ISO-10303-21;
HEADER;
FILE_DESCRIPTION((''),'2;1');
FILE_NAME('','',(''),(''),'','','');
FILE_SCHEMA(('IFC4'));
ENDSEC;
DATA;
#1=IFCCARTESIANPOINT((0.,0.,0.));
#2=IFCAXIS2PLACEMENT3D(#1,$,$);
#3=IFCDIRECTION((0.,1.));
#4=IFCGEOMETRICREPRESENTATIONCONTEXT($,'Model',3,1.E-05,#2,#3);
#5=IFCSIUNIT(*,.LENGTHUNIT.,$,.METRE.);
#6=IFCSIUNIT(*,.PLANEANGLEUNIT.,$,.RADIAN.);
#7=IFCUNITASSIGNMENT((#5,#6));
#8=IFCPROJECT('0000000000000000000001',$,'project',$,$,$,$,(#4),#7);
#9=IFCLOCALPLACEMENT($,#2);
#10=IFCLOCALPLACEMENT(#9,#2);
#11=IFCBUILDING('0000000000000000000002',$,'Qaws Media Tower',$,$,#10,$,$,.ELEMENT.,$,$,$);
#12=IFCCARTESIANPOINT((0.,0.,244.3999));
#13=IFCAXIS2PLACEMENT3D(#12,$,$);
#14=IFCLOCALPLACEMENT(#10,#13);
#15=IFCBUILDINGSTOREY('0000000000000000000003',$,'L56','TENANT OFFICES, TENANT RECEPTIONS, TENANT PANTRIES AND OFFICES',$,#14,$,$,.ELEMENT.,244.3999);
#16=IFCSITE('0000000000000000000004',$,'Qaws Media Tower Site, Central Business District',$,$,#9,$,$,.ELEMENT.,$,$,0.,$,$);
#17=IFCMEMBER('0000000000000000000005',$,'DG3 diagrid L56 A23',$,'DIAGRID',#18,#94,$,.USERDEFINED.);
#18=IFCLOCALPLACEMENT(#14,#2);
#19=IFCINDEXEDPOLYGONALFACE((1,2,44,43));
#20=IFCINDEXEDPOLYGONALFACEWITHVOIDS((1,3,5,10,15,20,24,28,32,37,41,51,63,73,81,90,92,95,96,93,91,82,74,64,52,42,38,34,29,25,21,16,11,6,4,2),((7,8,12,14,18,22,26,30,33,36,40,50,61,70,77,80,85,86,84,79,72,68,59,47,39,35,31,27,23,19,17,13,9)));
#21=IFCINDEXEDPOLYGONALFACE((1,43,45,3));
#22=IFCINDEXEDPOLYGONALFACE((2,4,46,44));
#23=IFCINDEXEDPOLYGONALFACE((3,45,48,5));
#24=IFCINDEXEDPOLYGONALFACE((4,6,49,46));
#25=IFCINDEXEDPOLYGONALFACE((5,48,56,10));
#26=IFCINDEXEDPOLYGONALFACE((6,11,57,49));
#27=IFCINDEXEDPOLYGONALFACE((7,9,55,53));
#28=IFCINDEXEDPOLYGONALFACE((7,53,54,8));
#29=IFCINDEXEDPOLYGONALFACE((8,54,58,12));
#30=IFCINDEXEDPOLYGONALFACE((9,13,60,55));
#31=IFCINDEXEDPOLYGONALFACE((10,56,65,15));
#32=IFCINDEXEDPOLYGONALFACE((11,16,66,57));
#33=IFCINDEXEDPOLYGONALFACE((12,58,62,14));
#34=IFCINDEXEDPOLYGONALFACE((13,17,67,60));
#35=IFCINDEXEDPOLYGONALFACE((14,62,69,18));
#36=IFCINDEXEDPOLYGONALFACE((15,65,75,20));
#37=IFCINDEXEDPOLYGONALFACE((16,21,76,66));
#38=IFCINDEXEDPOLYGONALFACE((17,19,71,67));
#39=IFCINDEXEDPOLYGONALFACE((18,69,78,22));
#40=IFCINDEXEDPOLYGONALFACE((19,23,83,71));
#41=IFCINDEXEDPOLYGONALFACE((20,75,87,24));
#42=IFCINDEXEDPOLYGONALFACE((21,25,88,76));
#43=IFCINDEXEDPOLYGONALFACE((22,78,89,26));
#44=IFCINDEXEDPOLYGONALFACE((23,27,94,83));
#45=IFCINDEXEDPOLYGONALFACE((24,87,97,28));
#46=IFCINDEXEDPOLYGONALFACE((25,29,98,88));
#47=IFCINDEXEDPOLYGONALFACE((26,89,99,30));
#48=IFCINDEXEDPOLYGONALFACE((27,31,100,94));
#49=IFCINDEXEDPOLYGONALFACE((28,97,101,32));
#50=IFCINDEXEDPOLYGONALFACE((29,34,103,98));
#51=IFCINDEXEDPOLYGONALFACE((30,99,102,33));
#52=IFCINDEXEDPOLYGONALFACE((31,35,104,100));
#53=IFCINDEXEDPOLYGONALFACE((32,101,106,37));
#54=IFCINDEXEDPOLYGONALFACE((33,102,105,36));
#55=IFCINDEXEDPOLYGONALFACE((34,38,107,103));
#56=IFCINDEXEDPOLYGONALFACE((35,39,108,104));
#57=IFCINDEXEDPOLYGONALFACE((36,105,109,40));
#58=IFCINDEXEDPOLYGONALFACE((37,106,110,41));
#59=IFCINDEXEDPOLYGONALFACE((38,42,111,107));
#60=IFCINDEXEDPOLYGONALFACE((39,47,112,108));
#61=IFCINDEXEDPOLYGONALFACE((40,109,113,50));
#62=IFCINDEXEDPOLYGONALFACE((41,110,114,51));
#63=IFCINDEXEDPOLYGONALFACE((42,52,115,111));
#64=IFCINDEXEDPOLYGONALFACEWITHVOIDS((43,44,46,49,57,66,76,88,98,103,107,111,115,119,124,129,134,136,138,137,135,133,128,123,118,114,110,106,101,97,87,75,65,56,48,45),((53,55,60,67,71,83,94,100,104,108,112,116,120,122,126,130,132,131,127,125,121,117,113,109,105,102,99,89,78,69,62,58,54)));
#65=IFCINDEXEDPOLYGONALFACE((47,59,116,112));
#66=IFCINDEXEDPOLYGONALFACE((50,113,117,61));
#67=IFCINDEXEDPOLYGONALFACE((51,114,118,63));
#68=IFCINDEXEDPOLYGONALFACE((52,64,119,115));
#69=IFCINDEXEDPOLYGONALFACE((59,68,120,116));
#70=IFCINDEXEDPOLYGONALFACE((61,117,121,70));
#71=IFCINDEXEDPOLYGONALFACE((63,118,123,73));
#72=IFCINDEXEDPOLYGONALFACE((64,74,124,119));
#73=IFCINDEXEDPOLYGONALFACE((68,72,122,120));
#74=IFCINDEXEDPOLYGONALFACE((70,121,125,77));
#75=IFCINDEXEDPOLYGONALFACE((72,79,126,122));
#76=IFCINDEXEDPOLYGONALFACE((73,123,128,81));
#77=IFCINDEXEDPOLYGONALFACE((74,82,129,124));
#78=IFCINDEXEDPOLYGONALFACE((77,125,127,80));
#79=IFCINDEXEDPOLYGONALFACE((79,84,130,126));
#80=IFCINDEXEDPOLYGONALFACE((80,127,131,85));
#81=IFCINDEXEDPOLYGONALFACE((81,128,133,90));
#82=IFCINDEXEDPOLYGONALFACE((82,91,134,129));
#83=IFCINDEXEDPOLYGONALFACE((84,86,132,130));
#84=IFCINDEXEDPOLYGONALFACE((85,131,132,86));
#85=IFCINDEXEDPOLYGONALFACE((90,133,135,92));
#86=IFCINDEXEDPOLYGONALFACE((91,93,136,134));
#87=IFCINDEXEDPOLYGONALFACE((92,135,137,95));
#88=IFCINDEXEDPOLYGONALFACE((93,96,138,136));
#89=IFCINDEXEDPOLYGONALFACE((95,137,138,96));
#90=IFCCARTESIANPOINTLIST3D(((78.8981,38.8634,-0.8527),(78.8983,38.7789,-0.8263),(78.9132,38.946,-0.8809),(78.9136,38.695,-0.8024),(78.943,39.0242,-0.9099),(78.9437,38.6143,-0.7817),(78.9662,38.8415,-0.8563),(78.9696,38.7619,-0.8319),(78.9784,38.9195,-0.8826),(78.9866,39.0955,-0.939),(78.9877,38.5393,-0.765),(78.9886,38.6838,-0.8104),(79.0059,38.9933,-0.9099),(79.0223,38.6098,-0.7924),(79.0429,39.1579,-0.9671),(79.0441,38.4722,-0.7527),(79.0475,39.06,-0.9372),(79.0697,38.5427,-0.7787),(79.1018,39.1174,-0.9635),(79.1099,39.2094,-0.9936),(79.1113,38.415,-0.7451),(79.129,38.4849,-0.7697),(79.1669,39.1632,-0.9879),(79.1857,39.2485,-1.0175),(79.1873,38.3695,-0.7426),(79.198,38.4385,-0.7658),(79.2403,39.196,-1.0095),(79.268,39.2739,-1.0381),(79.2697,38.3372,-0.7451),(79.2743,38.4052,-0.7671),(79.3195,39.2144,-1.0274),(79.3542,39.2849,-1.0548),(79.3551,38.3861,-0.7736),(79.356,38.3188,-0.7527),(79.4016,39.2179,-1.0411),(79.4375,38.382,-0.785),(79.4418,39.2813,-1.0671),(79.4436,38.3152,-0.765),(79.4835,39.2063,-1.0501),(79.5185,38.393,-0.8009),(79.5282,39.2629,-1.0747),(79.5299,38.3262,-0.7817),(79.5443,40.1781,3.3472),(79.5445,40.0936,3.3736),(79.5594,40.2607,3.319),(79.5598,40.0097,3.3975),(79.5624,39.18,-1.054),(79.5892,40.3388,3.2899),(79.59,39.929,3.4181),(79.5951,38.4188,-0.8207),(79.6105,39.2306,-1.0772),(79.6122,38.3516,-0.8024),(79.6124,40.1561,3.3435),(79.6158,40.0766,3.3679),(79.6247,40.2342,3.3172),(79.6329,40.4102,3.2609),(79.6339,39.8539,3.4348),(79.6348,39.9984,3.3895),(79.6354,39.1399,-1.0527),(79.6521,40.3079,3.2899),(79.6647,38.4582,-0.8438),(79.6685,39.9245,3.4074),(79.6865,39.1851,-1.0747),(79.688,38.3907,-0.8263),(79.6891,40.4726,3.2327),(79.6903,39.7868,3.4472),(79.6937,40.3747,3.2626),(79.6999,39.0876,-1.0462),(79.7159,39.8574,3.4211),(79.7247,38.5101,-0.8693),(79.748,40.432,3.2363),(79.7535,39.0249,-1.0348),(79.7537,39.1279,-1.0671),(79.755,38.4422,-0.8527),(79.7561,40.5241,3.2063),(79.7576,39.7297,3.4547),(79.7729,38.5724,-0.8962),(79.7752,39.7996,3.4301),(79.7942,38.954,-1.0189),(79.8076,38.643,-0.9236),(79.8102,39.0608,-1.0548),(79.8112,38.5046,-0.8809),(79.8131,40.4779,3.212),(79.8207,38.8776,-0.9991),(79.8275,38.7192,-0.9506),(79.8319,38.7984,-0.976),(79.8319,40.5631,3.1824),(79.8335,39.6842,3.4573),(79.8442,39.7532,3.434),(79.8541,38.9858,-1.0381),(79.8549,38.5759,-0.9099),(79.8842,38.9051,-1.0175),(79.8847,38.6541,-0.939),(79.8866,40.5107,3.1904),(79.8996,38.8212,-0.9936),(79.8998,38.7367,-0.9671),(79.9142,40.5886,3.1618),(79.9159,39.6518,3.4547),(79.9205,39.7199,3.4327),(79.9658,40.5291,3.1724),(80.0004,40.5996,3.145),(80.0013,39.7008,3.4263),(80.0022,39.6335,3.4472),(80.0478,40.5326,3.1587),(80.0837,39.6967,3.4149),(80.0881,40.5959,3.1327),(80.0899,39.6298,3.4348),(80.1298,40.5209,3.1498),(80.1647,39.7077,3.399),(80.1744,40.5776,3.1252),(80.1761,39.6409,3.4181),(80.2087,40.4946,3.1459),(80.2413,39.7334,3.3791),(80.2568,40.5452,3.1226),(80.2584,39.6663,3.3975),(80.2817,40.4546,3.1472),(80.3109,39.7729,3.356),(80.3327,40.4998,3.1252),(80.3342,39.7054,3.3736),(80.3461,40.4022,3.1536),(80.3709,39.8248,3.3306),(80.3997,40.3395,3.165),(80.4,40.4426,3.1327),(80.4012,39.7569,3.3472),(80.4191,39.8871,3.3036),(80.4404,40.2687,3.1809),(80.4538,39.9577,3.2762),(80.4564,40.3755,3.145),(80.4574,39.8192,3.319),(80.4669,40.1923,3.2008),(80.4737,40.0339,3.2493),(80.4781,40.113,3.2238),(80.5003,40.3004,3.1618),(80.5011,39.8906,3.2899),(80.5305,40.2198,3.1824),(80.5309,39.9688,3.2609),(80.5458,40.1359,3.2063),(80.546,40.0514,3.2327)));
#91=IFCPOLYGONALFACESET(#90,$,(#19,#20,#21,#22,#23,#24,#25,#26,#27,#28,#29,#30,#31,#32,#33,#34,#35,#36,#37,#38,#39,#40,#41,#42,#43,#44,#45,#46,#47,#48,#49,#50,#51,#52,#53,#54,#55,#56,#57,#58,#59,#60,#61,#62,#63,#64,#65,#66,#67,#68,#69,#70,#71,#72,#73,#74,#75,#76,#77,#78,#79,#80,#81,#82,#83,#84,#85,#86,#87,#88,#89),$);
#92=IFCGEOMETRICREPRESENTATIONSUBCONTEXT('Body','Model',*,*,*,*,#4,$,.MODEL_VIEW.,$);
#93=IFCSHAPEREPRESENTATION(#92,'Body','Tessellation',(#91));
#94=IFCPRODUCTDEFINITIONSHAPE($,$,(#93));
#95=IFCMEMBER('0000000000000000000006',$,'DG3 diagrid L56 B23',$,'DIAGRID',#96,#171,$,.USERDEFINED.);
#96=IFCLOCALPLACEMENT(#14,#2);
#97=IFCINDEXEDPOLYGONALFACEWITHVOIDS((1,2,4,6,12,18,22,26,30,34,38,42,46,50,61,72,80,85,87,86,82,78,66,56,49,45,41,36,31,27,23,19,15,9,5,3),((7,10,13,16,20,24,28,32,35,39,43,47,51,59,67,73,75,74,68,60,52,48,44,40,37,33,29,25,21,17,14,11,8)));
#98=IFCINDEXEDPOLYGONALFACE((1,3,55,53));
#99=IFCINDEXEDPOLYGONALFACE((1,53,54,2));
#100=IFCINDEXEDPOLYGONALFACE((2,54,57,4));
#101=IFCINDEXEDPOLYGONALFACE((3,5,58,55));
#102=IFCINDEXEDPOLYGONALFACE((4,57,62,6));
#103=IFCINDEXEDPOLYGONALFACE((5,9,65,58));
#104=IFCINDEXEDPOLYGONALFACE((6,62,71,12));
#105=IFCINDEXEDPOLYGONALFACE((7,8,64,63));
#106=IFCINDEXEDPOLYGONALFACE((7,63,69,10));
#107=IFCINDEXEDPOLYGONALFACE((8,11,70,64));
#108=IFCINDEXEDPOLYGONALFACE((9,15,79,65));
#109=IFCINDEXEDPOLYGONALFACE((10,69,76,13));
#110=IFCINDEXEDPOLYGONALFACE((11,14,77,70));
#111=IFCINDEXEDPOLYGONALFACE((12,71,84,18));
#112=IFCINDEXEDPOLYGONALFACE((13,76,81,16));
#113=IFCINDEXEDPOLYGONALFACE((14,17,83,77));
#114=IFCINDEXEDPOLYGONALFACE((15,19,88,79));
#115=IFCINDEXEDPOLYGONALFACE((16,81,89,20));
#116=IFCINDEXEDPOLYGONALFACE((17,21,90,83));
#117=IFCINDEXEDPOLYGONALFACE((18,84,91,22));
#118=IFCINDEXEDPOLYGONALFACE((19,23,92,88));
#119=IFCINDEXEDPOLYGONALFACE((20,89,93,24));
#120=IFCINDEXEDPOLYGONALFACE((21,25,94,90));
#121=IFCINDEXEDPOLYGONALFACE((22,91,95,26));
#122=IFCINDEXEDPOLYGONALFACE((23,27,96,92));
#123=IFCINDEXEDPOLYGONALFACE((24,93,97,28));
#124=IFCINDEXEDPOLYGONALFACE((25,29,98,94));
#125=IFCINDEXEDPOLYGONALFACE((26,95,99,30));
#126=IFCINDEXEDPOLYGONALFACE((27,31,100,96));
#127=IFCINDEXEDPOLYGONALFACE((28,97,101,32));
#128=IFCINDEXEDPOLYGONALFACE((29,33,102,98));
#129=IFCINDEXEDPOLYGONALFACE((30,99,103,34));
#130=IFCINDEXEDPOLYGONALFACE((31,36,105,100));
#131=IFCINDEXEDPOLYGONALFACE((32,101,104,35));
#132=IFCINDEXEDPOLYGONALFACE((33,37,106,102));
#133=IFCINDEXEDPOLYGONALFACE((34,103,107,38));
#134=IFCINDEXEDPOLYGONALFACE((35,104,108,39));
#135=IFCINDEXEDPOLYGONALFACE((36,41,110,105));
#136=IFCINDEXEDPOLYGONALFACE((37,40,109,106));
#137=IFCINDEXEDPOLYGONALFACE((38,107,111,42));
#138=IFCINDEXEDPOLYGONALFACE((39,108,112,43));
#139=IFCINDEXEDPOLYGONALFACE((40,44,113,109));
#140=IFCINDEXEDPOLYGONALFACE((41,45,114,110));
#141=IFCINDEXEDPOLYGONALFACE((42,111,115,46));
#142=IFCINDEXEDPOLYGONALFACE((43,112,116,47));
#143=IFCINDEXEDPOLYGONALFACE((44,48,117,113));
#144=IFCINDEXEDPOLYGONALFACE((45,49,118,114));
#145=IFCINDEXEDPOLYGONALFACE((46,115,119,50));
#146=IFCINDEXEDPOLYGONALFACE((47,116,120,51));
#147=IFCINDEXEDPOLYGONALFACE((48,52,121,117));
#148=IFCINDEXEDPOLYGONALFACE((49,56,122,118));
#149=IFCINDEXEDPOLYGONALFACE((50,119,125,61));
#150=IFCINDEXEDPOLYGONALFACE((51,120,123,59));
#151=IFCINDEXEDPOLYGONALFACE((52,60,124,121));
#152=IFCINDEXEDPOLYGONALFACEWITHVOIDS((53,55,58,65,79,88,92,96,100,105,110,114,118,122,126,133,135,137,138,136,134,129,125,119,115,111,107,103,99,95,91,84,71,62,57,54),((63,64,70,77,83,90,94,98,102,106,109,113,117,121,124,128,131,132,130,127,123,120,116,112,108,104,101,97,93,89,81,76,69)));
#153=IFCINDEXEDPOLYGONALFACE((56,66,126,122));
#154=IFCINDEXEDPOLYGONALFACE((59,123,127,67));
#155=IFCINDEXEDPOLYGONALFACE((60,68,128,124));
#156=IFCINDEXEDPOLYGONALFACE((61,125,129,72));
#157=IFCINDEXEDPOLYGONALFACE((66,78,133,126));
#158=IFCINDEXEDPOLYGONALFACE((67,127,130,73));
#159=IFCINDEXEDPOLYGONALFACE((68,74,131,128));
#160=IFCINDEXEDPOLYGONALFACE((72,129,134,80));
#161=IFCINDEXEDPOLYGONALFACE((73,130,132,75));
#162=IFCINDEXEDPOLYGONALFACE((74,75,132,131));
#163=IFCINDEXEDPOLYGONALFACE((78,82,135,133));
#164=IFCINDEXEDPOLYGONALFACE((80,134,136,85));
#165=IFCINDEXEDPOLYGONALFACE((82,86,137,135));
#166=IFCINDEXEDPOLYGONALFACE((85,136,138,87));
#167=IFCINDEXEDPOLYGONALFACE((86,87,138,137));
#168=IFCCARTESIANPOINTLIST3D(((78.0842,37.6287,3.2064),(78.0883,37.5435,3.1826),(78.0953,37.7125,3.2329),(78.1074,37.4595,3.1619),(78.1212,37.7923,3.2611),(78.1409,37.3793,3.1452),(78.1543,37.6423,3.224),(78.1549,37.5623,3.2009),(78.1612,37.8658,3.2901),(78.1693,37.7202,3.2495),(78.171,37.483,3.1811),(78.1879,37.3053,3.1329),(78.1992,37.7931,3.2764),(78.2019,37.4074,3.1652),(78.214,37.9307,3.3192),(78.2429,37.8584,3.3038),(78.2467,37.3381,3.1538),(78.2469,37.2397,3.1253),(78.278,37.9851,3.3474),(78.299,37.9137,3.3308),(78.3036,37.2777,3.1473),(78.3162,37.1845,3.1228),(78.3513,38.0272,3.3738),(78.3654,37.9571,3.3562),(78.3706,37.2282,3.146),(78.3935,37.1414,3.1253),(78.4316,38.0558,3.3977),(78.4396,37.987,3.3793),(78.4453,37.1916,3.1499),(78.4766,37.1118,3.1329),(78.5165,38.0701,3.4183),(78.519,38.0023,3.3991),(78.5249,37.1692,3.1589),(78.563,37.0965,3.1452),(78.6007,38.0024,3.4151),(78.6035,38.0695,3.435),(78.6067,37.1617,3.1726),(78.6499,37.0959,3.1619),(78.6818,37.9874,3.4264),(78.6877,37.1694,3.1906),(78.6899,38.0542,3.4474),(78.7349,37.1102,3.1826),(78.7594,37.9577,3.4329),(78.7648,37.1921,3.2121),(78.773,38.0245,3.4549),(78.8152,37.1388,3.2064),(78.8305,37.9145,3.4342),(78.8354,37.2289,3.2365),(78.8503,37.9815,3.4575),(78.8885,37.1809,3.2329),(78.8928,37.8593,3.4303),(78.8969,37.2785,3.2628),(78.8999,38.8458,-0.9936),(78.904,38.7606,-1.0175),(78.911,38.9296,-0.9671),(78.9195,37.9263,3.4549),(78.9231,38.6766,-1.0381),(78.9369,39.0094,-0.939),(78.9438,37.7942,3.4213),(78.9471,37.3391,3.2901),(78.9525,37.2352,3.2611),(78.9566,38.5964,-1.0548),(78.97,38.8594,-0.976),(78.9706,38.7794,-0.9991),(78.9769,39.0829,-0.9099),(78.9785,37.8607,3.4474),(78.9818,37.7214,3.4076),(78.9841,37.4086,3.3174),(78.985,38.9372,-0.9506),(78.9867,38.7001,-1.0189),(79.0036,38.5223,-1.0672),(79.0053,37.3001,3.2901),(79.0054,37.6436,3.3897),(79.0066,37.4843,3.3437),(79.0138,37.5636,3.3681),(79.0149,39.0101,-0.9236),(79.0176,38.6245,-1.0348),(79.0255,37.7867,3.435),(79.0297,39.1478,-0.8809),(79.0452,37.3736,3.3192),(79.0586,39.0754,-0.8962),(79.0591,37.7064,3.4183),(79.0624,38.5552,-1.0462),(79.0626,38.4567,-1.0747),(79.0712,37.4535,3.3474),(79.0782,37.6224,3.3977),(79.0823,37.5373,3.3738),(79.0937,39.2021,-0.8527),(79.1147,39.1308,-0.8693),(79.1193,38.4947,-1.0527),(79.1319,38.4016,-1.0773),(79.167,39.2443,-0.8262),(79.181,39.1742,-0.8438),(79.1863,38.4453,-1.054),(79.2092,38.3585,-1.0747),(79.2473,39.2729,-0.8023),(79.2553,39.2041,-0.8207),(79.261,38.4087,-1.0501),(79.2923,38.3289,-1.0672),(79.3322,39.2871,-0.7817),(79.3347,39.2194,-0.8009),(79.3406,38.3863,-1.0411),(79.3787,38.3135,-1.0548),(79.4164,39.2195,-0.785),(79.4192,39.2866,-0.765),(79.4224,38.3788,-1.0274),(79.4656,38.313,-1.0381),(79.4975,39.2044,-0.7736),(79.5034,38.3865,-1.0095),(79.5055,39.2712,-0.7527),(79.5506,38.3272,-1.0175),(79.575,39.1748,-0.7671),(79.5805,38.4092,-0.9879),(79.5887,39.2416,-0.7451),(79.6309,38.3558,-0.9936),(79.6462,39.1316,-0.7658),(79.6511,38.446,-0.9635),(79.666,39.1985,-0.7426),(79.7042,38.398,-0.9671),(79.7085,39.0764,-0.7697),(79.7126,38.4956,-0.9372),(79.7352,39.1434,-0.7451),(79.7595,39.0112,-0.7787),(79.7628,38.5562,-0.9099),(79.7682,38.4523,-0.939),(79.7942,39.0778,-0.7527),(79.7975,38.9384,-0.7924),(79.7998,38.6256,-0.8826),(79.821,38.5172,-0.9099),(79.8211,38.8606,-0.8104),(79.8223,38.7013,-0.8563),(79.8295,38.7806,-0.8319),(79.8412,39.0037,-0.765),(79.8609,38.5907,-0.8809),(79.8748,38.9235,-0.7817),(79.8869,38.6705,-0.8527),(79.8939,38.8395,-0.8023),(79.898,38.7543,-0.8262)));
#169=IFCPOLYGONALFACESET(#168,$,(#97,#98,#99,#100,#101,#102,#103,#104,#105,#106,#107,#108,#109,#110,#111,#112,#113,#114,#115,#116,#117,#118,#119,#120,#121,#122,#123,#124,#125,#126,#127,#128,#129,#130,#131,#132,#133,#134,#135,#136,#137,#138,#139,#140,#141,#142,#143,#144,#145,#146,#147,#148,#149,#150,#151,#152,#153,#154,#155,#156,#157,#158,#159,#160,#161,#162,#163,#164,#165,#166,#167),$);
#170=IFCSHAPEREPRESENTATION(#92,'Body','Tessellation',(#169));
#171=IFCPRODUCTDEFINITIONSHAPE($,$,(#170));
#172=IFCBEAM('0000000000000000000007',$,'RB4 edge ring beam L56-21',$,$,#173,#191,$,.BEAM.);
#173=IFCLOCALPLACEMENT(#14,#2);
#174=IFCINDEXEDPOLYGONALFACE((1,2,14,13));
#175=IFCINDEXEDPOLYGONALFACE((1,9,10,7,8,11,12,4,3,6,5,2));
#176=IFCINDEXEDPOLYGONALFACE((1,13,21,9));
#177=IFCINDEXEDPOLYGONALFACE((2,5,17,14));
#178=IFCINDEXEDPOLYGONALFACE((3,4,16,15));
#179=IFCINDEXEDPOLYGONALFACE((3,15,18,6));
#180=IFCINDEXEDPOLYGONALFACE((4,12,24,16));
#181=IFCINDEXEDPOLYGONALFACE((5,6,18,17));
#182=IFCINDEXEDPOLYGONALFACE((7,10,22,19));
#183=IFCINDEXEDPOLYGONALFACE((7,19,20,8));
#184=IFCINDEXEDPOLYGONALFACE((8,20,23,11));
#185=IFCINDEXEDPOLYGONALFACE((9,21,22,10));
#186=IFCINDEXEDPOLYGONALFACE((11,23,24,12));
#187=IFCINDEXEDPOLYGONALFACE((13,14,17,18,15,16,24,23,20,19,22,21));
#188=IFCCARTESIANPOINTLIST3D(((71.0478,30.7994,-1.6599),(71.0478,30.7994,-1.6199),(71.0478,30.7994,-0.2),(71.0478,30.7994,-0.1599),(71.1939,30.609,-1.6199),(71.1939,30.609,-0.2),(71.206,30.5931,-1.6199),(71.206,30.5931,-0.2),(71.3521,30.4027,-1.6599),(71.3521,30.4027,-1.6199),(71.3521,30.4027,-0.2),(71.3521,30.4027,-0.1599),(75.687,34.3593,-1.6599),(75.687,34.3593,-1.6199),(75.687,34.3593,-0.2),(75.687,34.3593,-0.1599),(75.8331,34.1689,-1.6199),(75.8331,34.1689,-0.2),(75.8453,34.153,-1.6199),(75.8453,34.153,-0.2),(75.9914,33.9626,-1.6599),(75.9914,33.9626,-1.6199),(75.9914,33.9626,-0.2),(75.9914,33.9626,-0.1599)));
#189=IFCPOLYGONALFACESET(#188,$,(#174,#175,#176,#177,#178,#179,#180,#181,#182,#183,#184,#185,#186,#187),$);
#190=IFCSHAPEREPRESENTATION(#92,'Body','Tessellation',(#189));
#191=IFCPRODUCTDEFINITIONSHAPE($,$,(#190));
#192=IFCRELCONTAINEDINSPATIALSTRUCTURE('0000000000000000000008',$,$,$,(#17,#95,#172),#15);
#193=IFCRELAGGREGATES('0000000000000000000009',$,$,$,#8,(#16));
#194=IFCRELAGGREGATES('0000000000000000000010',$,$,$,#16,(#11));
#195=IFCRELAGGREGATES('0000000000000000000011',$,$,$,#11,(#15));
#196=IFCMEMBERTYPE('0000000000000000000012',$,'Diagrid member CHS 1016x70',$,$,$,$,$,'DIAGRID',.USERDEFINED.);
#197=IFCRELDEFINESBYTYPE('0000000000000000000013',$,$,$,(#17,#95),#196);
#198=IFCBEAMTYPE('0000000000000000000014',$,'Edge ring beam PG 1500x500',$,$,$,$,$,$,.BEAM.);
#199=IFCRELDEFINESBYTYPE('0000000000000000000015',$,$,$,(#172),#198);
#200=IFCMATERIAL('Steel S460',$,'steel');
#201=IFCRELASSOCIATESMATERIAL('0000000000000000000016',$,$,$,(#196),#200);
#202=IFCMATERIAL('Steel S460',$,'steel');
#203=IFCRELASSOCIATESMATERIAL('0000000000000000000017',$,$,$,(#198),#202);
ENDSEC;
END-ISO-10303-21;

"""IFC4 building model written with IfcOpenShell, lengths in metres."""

from ifc_helpers import new_model, si_unit, direction, frame, origin, origin_2d, place, context, subcontext, project, spatial, hollow_circle, i_section, extrude, material, material_profile, profile_set, type_object, element, save


model = new_model("IFC4")

# Units and contexts
model_context = context("Model", 3, precision=1e-05, world=origin(), true_north=direction((0.0, 1.0)))
body_context = subcontext(model_context, "Body", "Model", "MODEL_VIEW")
ifc_project = project(units=[si_unit("LENGTHUNIT", "METRE"), si_unit("PLANEANGLEUNIT", "RADIAN")], contexts=[model_context])

# Site, building, storey
site_placement = place(None, origin())
site = spatial("IfcSite", under=ifc_project, at=site_placement, Name="Qaws Media Tower Site, Central Business District", CompositionType="ELEMENT", RefElevation=0.0)
building_placement = place(site_placement, origin())
building = spatial("IfcBuilding", under=site, at=building_placement, Name="Qaws Media Tower", CompositionType="ELEMENT")
storey_placement = place(building_placement, frame((0.0, 0.0, 244.3999)))
storey = spatial("IfcBuildingStorey", under=building, at=storey_placement, Name="L56", Description="TENANT OFFICES, TENANT RECEPTIONS, TENANT PANTRIES AND OFFICES", CompositionType="ELEMENT", Elevation=244.3999)

# Members
ifc_material_1 = material(Name="Steel S460", Category="steel")
ifc_material_profile_1 = material_profile(ifc_material_1, hollow_circle(Radius=0.5081, WallThickness=0.0701, at=origin_2d()), Name="CHS 1016x70")
ifc_profile_set_1 = profile_set([ifc_material_profile_1], Name="Steel S460")
member_type_1 = type_object("IfcMemberType", Name="Diagrid member CHS 1016x70", ElementType="DIAGRID", PredefinedType="USERDEFINED", material=ifc_profile_set_1)
member_1_placement = place(storey_placement, frame((79.3989, 38.8, -0.9099), z_axis=(0.145284, 0.295563, 0.944211), x_axis=(-0.89744, 0.441137, 0.0)))
element("IfcMember", 1, at=member_1_placement, inside=storey, type_object=member_type_1, Name="DG3 diagrid L56 A23", ObjectType="DIAGRID", PredefinedType="USERDEFINED", context=body_context, shape_type="SweptSolid", body=[
    extrude(hollow_circle(Radius=0.5081, WallThickness=0.0701, at=origin_2d()), origin(), (0.0, 0.0, 1.0), 4.448),
])
member_2_placement = place(storey_placement, frame((79.3989, 38.8, -0.9099), z_axis=(-0.183373, -0.273606, 0.9442), x_axis=(0.830689, -0.556737, 0.0)))
element("IfcMember", 2, at=member_2_placement, inside=storey, type_object=member_type_1, Name="DG3 diagrid L56 B23", ObjectType="DIAGRID", PredefinedType="USERDEFINED", context=body_context, shape_type="SweptSolid", body=[
    extrude(hollow_circle(Radius=0.5081, WallThickness=0.0701, at=origin_2d()), origin(), (0.0, 0.0, 1.0), 4.4482),
])

# Beam
ifc_material_2 = material(Name="Steel S460", Category="steel")
ifc_material_profile_2 = material_profile(ifc_material_2, i_section(OverallWidth=0.5, OverallDepth=1.5, WebThickness=0.02, FlangeThickness=0.04, at=origin_2d()), Name="PG 1500x500")
ifc_profile_set_2 = profile_set([ifc_material_profile_2], Name="Steel S460")
beam_type = type_object("IfcBeamType", Name="Edge ring beam PG 1500x500", PredefinedType="BEAM", material=ifc_profile_set_2)
for number, where, z_axis, x_axis, name in (
    (3, (71.2, 30.6011, -0.9099), (0.793348, 0.608768, 0.0), (-0.608768, 0.793348, 0.0), "RB4 edge ring beam L56-21"),
):
    element("IfcBeam", number, at=place(storey_placement, frame(where, z_axis=z_axis, x_axis=x_axis)), inside=storey, type_object=beam_type, Name=name, PredefinedType="BEAM", context=body_context, shape_type="SweptSolid", body=[
        extrude(i_section(OverallWidth=0.5, OverallDepth=1.5, WebThickness=0.02, FlangeThickness=0.04, at=origin_2d()), origin(), (0.0, 0.0, 1.0), 5.8477),
    ])

save(model, "model.ifc")
